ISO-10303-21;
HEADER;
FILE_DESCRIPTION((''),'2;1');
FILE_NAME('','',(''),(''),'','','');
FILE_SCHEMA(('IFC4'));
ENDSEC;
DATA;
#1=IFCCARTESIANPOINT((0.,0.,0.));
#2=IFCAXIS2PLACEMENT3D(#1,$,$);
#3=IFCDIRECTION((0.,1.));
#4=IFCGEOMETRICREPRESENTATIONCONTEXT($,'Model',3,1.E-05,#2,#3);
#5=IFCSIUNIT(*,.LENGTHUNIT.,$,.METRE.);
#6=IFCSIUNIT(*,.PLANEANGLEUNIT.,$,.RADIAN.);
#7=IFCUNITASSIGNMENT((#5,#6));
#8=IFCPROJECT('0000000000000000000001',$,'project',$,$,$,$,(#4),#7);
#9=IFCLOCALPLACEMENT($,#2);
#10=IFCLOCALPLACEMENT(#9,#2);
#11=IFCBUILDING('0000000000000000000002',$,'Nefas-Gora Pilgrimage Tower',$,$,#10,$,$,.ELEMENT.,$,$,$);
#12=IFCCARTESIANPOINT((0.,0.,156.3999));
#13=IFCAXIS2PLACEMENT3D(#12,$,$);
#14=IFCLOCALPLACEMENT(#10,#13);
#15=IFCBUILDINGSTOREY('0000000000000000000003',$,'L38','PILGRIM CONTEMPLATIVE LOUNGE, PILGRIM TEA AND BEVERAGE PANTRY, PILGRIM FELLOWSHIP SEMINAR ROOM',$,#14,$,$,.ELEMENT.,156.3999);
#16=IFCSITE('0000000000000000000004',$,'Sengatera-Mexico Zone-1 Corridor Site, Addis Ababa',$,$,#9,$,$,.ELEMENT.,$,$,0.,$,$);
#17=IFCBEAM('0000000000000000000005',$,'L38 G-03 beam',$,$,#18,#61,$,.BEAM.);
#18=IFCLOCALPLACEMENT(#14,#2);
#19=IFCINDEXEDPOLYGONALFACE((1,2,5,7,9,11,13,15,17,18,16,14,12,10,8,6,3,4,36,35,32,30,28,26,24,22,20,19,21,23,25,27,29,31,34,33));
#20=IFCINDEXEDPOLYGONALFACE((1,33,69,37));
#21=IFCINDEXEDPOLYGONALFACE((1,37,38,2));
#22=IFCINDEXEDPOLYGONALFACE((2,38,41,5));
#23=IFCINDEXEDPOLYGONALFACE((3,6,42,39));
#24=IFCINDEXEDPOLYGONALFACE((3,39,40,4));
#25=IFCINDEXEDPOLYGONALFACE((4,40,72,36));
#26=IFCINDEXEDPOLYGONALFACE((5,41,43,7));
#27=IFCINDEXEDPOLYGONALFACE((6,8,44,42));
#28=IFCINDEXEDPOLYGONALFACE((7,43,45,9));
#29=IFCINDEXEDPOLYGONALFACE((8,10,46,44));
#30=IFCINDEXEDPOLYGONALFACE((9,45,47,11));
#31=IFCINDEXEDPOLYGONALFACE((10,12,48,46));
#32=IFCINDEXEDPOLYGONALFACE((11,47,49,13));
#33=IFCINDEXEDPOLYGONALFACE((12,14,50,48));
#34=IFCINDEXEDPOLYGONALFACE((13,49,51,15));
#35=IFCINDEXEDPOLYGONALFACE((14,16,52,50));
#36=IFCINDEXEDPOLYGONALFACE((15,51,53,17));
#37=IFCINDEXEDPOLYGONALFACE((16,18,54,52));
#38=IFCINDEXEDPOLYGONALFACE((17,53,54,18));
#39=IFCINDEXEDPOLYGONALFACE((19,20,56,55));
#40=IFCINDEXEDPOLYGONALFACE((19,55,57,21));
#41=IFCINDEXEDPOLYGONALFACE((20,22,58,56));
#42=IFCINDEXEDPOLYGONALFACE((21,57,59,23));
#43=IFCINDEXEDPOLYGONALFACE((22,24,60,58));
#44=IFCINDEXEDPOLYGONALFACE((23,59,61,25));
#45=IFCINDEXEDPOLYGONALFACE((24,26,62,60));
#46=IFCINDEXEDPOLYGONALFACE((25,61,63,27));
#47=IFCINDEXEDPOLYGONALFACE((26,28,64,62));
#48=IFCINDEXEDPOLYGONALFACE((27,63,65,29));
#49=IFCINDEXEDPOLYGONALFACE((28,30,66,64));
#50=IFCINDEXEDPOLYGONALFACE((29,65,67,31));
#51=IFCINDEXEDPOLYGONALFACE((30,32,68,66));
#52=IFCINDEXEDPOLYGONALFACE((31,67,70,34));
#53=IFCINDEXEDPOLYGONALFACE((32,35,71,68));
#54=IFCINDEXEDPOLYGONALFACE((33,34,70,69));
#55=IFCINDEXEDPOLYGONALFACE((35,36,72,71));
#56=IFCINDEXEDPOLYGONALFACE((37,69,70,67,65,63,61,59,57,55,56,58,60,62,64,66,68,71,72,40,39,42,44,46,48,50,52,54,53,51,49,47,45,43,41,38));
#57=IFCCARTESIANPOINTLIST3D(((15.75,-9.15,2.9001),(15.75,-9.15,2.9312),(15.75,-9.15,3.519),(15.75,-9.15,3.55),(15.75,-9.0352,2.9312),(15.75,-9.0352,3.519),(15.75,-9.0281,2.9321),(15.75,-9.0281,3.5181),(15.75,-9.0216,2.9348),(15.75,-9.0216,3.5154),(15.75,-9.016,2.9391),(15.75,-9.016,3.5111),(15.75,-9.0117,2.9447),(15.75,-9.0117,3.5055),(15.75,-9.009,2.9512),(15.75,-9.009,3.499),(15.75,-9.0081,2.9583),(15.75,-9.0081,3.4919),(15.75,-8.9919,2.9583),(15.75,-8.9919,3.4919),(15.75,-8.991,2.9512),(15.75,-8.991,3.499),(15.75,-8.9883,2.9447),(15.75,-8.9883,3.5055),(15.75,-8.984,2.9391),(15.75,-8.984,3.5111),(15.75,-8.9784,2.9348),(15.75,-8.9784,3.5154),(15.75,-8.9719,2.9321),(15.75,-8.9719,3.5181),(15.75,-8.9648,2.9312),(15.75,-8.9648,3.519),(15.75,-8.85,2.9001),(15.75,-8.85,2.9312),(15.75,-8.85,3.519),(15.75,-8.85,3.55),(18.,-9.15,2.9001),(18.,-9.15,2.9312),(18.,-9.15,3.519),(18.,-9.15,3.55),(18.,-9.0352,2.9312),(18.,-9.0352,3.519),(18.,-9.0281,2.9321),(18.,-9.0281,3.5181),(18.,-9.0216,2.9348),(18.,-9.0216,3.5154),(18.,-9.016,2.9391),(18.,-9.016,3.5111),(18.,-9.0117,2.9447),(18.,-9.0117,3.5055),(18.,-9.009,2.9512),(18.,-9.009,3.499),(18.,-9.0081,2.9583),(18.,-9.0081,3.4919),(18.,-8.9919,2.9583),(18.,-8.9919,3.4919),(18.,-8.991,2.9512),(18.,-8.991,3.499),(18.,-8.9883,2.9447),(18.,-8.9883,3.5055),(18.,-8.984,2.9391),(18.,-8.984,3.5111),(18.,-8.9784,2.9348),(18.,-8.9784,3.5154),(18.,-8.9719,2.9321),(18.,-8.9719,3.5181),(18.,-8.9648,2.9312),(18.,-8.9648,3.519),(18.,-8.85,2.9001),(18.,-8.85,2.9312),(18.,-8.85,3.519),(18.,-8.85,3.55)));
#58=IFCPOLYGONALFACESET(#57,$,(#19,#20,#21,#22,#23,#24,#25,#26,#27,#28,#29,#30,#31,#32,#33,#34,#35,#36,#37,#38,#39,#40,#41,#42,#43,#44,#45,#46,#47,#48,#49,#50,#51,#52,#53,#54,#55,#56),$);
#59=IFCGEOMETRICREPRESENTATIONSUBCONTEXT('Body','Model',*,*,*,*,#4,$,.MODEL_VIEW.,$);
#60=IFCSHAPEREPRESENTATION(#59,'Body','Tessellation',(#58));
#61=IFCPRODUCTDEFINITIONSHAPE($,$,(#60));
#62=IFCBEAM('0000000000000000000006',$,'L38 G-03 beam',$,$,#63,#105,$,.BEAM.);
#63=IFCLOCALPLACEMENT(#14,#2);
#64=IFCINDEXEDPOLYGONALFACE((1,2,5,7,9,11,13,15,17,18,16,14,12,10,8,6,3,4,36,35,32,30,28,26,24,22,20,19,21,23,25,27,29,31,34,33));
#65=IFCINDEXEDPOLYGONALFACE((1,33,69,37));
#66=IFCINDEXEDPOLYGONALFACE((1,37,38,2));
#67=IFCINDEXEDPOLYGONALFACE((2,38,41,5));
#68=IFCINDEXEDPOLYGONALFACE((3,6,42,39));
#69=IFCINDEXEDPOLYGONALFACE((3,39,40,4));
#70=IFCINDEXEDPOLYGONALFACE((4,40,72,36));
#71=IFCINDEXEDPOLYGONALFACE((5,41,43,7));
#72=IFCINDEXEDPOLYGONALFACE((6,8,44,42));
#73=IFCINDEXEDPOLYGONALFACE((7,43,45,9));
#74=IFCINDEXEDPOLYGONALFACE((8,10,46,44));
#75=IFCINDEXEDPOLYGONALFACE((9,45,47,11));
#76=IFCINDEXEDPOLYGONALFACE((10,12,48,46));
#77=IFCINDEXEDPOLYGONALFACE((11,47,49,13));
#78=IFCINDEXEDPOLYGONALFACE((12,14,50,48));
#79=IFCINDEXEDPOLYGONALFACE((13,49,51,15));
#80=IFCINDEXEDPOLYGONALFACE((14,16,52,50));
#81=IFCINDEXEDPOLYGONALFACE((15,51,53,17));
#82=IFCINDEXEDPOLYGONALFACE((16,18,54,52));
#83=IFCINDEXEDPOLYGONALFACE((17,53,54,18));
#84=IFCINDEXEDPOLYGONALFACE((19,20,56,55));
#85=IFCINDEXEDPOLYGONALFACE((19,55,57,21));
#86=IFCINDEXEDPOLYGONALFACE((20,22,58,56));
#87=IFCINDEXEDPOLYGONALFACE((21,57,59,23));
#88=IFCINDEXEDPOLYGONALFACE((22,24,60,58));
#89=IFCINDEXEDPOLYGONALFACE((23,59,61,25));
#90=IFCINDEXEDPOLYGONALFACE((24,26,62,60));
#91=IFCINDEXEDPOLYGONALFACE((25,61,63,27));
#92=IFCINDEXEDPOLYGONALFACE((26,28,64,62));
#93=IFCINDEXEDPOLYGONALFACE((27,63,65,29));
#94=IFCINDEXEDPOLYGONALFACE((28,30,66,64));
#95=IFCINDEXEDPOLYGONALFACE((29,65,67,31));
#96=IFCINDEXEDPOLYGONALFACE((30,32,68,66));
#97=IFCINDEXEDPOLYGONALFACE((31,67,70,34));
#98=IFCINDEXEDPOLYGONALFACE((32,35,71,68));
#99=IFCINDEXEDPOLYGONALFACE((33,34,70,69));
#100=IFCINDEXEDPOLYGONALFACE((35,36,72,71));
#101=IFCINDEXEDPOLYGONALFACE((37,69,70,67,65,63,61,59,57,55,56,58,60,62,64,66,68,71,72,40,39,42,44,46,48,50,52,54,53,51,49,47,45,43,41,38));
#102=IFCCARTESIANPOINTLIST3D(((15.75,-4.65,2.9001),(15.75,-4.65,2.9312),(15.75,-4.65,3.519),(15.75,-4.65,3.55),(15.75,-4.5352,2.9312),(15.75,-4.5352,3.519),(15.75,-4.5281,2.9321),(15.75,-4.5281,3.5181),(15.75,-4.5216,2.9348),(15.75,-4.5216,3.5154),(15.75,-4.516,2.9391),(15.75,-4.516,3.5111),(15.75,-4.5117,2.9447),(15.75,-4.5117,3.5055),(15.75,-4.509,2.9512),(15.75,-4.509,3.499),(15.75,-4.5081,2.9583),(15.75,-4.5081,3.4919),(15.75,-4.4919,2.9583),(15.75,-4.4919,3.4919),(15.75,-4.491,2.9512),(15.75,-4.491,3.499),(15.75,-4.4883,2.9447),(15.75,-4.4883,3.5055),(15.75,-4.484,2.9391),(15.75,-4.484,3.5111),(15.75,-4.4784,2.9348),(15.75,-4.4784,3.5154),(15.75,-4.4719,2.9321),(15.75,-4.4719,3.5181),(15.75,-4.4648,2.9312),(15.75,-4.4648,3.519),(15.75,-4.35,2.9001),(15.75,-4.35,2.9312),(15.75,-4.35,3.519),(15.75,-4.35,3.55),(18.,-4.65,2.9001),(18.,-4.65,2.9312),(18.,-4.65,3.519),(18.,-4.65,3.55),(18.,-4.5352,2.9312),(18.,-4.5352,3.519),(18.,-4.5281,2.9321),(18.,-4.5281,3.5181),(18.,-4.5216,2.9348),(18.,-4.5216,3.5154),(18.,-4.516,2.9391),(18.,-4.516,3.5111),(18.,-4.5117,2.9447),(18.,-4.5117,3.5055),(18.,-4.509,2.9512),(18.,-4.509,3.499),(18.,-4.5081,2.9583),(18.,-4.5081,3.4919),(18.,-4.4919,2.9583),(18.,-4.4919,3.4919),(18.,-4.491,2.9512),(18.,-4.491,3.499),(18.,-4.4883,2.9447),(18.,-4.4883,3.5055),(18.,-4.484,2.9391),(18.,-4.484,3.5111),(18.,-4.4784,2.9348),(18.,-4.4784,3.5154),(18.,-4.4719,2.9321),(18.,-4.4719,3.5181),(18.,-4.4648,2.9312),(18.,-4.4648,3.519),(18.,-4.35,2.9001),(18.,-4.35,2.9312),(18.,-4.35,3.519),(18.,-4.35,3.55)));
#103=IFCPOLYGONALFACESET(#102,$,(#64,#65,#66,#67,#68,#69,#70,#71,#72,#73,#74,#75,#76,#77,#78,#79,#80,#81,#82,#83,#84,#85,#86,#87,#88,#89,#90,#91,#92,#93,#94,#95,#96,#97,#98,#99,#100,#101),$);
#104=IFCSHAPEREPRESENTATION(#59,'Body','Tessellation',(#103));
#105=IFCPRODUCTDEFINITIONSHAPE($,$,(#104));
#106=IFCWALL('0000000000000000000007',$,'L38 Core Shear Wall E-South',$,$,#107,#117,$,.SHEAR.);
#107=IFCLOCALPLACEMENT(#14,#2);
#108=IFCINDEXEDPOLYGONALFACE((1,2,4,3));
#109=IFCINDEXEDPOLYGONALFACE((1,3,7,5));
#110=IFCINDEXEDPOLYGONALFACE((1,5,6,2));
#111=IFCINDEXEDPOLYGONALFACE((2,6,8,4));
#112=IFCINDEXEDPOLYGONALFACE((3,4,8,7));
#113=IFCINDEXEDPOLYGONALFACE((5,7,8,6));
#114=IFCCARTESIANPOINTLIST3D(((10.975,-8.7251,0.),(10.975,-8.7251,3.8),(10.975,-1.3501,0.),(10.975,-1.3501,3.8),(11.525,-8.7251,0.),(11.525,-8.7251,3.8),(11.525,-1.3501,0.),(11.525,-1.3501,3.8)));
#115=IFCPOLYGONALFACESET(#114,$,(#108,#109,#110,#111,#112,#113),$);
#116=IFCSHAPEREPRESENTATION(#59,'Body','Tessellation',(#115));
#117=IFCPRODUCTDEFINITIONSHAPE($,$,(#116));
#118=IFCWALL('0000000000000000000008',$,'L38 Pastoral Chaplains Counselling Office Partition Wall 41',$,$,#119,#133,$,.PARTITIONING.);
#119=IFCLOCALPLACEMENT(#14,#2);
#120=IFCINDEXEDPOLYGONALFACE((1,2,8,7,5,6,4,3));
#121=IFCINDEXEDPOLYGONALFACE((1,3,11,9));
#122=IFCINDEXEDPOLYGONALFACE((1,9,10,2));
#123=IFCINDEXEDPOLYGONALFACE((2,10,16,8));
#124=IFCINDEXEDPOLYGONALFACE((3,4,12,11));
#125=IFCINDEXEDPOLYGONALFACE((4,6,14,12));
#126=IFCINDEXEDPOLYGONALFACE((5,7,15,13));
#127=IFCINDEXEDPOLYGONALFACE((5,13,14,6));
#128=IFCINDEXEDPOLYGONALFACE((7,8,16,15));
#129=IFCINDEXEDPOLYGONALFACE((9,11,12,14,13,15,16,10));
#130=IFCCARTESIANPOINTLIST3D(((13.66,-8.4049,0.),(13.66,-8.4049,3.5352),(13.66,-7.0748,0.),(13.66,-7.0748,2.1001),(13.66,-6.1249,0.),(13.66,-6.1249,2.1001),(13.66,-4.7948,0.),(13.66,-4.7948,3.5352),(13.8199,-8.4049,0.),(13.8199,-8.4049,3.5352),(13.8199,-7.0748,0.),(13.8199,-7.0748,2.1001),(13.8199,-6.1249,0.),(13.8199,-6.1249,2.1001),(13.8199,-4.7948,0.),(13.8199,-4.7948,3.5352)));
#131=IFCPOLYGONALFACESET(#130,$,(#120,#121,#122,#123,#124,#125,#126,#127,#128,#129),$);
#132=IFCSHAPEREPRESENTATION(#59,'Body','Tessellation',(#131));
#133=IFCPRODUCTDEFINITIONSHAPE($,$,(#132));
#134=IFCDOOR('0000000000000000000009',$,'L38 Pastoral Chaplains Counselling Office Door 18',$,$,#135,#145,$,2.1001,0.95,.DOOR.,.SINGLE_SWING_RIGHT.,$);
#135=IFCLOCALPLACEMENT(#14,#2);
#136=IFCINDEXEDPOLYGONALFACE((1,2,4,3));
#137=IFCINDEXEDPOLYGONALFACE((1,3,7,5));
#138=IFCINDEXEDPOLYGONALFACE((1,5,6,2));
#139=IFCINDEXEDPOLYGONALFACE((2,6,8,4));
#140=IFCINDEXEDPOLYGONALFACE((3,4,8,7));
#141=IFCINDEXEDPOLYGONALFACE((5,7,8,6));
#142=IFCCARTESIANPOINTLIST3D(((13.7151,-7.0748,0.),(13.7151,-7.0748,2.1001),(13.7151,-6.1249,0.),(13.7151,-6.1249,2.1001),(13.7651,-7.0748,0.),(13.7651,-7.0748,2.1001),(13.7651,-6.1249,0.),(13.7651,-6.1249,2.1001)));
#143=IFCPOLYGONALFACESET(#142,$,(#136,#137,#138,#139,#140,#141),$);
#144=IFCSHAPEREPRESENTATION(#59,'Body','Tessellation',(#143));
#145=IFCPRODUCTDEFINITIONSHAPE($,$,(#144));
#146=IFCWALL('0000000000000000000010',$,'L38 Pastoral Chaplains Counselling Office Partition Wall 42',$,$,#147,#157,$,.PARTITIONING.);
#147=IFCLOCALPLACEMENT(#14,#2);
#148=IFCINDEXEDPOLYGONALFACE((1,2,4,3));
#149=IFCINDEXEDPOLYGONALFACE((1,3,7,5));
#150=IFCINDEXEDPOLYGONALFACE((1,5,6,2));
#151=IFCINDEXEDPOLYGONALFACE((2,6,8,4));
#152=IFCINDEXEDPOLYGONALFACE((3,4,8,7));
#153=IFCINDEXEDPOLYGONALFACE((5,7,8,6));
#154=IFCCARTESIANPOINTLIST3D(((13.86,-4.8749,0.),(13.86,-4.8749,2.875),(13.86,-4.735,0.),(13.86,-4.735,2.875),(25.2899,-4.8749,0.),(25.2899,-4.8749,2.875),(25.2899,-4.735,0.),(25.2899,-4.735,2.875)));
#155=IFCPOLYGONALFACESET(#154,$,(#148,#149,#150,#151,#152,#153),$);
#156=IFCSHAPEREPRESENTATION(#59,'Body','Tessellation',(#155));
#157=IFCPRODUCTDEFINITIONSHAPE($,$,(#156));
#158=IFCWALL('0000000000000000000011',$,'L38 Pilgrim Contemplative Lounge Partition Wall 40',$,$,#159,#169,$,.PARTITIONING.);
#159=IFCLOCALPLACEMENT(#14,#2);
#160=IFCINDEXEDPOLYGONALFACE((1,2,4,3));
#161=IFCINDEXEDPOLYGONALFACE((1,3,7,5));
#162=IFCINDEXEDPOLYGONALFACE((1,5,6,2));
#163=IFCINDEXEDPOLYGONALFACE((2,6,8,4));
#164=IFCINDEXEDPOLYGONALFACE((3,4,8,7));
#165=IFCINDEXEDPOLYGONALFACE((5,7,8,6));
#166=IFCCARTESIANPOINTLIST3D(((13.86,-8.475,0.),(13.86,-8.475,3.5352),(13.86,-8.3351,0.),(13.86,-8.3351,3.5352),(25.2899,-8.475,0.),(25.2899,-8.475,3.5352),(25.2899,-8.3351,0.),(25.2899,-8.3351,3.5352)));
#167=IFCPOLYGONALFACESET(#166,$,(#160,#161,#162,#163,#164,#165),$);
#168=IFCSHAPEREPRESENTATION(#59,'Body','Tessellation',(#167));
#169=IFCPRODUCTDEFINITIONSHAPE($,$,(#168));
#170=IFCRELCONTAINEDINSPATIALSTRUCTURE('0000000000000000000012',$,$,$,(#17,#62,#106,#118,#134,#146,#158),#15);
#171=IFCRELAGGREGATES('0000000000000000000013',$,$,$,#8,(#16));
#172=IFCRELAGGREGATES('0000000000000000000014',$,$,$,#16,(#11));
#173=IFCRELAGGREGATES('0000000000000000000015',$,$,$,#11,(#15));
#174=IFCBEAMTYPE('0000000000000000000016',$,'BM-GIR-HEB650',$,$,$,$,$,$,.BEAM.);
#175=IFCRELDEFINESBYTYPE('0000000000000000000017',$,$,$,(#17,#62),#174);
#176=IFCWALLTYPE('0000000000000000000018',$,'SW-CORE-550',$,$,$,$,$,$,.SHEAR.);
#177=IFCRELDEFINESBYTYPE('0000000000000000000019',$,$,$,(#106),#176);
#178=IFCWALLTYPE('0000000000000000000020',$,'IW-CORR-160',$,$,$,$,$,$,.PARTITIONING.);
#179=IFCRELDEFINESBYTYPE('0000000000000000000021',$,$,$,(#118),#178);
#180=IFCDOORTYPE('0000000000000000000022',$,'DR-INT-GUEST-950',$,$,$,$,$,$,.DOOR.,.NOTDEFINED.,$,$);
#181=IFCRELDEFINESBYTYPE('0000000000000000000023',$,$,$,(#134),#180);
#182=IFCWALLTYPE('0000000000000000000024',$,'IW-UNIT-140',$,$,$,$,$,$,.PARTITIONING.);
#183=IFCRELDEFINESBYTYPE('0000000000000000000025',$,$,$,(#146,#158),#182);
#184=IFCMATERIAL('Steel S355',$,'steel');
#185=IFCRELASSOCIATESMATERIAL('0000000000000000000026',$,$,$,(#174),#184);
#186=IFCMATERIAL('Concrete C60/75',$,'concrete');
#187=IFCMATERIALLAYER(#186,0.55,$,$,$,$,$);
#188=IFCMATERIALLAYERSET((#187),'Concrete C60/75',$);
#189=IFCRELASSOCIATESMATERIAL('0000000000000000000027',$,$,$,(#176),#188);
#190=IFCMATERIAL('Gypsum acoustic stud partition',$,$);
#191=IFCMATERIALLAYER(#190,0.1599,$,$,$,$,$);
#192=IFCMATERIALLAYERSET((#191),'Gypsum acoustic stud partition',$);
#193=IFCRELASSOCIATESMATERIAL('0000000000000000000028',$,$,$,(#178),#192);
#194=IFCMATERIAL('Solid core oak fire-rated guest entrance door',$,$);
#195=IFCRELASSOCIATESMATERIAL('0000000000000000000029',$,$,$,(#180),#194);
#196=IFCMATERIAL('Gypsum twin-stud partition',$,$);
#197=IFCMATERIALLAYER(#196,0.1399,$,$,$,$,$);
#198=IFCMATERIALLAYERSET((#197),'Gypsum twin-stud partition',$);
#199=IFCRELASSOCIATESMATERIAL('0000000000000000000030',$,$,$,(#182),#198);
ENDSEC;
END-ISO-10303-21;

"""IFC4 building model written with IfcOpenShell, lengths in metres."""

from ifc_helpers import new_model, si_unit, direction, frame, frame_2d, origin, origin_2d, place, context, subcontext, project, spatial, rectangle, i_section, extrude, source, transform, mapped, material, layer, layer_set, material_profile, profile_set, type_object, element, fill, save


model = new_model("IFC4")

# Units and contexts
model_context = context("Model", 3, precision=1e-05, world=origin(), true_north=direction((0.0, 1.0)))
body_context = subcontext(model_context, "Body", "Model", "MODEL_VIEW")
ifc_project = project(units=[si_unit("LENGTHUNIT", "METRE"), si_unit("PLANEANGLEUNIT", "RADIAN")], contexts=[model_context])

# Site, building, storey
site_placement = place(None, origin())
site = spatial("IfcSite", under=ifc_project, at=site_placement, Name="Sengatera-Mexico Zone-1 Corridor Site, Addis Ababa", CompositionType="ELEMENT", RefElevation=0.0)
building_placement = place(site_placement, origin())
building = spatial("IfcBuilding", under=site, at=building_placement, Name="Nefas-Gora Pilgrimage Tower", CompositionType="ELEMENT")
storey_placement = place(building_placement, frame((0.0, 0.0, 156.3999)))
storey = spatial("IfcBuildingStorey", under=building, at=storey_placement, Name="L38", Description="PILGRIM CONTEMPLATIVE LOUNGE, PILGRIM TEA AND BEVERAGE PANTRY, PILGRIM FELLOWSHIP SEMINAR ROOM", CompositionType="ELEMENT", Elevation=156.3999)

# Beams
ifc_material_1 = material(Name="Concrete C60/75", Category="concrete")
ifc_material_2 = material(Name="Steel S355", Category="steel")
ifc_material_profile_1 = material_profile(ifc_material_2, i_section(OverallWidth=0.3, OverallDepth=0.6499, WebThickness=0.0161, FlangeThickness=0.031, FilletRadius=0.0271, at=origin_2d()), Name="HEB 650")
ifc_profile_set_1 = profile_set([ifc_material_profile_1], Name="Steel S355")
beam_type_1 = type_object("IfcBeamType", Name="BM-GIR-HEB650", PredefinedType="BEAM", material=ifc_profile_set_1)
shared_shape_1 = source(origin(), body_context, "Body", "SweptSolid", [
    extrude(i_section(OverallWidth=0.3, OverallDepth=0.6499, WebThickness=0.0161, FlangeThickness=0.031, FilletRadius=0.0271, at=origin_2d()), origin(), (0.0, 0.0, 1.0), 2.25),
])
for number, where, z_axis, x_axis, name in (
    (1, (15.75, -9.0, 3.2251), (1.0, 0.0, 0.0), (0.0, 1.0, 0.0), "L38 G-03 beam"),
    (2, (15.75, -4.5, 3.2251), (1.0, 0.0, 0.0), (0.0, 1.0, 0.0), "L38 G-03 beam"),
):
    element("IfcBeam", number, at=place(storey_placement, frame(where, z_axis=z_axis, x_axis=x_axis)), inside=storey, type_object=beam_type_1, Name=name, PredefinedType="BEAM", context=body_context, shape_type="MappedRepresentation", body=[
        mapped(shared_shape_1, transform((0.0, 0.0, 0.0), x_axis=(1.0, 0.0, 0.0), y_axis=(0.0, 1.0, 0.0), z_axis=(0.0, 0.0, 1.0), scale=1.0)),
    ])

# Wall
ifc_layer_1 = layer(ifc_material_1, 0.55)
ifc_layer_set_1 = layer_set([ifc_layer_1], Name="Concrete C60/75")
wall_type_1 = type_object("IfcWallType", Name="SW-CORE-550", PredefinedType="SHEAR", material=ifc_layer_set_1)
shared_shape_2 = source(origin(), body_context, "Body", "SweptSolid", [
    extrude(rectangle(XDim=7.375, YDim=0.55, at=frame_2d((3.6875, 0.0))), origin(), (0.0, 0.0, 1.0), 3.8),
])
wall_1_placement = place(storey_placement, frame((11.25, -8.7251, 0.0), z_axis=(0.0, 0.0, 1.0), x_axis=(0.0, 1.0, 0.0)))
element("IfcWall", 3, at=wall_1_placement, inside=storey, type_object=wall_type_1, Name="L38 Core Shear Wall E-South", PredefinedType="SHEAR", context=body_context, shape_type="MappedRepresentation", body=[
    mapped(shared_shape_2, transform((0.0, 0.0, 0.0), x_axis=(1.0, 0.0, 0.0), y_axis=(0.0, 1.0, 0.0), z_axis=(0.0, 0.0, 1.0), scale=1.0)),
])

# Wall, opening, door
ifc_material_3 = material(Name="Gypsum acoustic stud partition")
ifc_layer_2 = layer(ifc_material_3, 0.1599)
ifc_layer_set_2 = layer_set([ifc_layer_2], Name="Gypsum acoustic stud partition")
wall_type_2 = type_object("IfcWallType", Name="IW-CORR-160", PredefinedType="PARTITIONING", material=ifc_layer_set_2)
shared_shape_3 = source(origin(), body_context, "Body", "SweptSolid", [
    extrude(rectangle(XDim=3.6101, YDim=0.1599, at=frame_2d((1.8052, 0.0))), origin(), (0.0, 0.0, 1.0), 3.5352),
])
wall_2_placement = place(storey_placement, frame((13.74, -8.405, 0.0), z_axis=(0.0, 0.0, 1.0), x_axis=(0.0, 1.0, 0.0)))
wall_2 = element("IfcWall", 4, at=wall_2_placement, inside=storey, type_object=wall_type_2, Name="L38 Pastoral Chaplains Counselling Office Partition Wall 41", PredefinedType="PARTITIONING", context=body_context, shape_type="MappedRepresentation", body=[
    mapped(shared_shape_3, transform((0.0, 0.0, 0.0), x_axis=(1.0, 0.0, 0.0), y_axis=(0.0, 1.0, 0.0), z_axis=(0.0, 0.0, 1.0), scale=1.0)),
])
opening_1_placement = place(wall_2_placement, frame((1.3301, 0.0, 0.0)))
opening_1 = element("IfcOpeningElement", 5, at=opening_1_placement, cuts=wall_2, PredefinedType="OPENING", context=body_context, shape_type="SweptSolid", body=[
    extrude(rectangle(XDim=0.95, YDim=2.1001, at=frame_2d((0.4751, 1.05))), frame((0.0, 0.0898, 0.0), z_axis=(0.0, -1.0, 0.0), x_axis=(1.0, 0.0, 0.0)), (0.0, 0.0, 1.0), 0.1799),
])
ifc_material_4 = material(Name="Solid core oak fire-rated guest entrance door")
door_type_1 = type_object("IfcDoorType", Name="DR-INT-GUEST-950", OperationType="NOTDEFINED", PredefinedType="DOOR", material=ifc_material_4)
shared_shape_4 = source(origin(), body_context, "Body", "SweptSolid", [
    extrude(rectangle(XDim=0.95, YDim=2.1001, at=frame_2d((0.4751, 1.05))), frame((0.0, 0.0249, 0.0), z_axis=(0.0, -1.0, 0.0), x_axis=(1.0, 0.0, 0.0)), (0.0, 0.0, 1.0), 0.05),
])
door_1_placement = place(opening_1_placement, origin())
door_1 = element("IfcDoor", 6, at=door_1_placement, inside=storey, type_object=door_type_1, Name="L38 Pastoral Chaplains Counselling Office Door 18", OperationType="SINGLE_SWING_RIGHT", OverallHeight=2.1001, OverallWidth=0.95, PredefinedType="DOOR", context=body_context, shape_type="MappedRepresentation", body=[
    mapped(shared_shape_4, transform((0.0, 0.0, 0.0), x_axis=(1.0, 0.0, 0.0), y_axis=(0.0, 1.0, 0.0), z_axis=(0.0, 0.0, 1.0), scale=1.0)),
])
fill(opening_1, door_1)

# Walls
ifc_material_5 = material(Name="Gypsum twin-stud partition")
ifc_layer_3 = layer(ifc_material_5, 0.1399)
ifc_layer_set_3 = layer_set([ifc_layer_3], Name="Gypsum twin-stud partition")
wall_type_3 = type_object("IfcWallType", Name="IW-UNIT-140", PredefinedType="PARTITIONING", material=ifc_layer_set_3)
shared_shape_5 = source(origin(), body_context, "Body", "SweptSolid", [
    extrude(rectangle(XDim=11.4299, YDim=0.1399, at=frame_2d((5.7148, 0.0))), origin(), (0.0, 0.0, 1.0), 2.875),
])
wall_3_placement = place(storey_placement, frame((13.8601, -4.8049, 0.0), z_axis=(0.0, 0.0, 1.0), x_axis=(1.0, 0.0, 0.0)))
element("IfcWall", 7, at=wall_3_placement, inside=storey, type_object=wall_type_3, Name="L38 Pastoral Chaplains Counselling Office Partition Wall 42", PredefinedType="PARTITIONING", context=body_context, shape_type="MappedRepresentation", body=[
    mapped(shared_shape_5, transform((0.0, 0.0, 0.0), x_axis=(1.0, 0.0, 0.0), y_axis=(0.0, 1.0, 0.0), z_axis=(0.0, 0.0, 1.0), scale=1.0)),
])
shared_shape_6 = source(origin(), body_context, "Body", "SweptSolid", [
    extrude(rectangle(XDim=11.4299, YDim=0.1399, at=frame_2d((5.7148, 0.0))), origin(), (0.0, 0.0, 1.0), 3.5352),
])
wall_4_placement = place(storey_placement, frame((13.8601, -8.405, 0.0), z_axis=(0.0, 0.0, 1.0), x_axis=(1.0, 0.0, 0.0)))
element("IfcWall", 8, at=wall_4_placement, inside=storey, type_object=wall_type_3, Name="L38 Pilgrim Contemplative Lounge Partition Wall 40", PredefinedType="PARTITIONING", context=body_context, shape_type="MappedRepresentation", body=[
    mapped(shared_shape_6, transform((0.0, 0.0, 0.0), x_axis=(1.0, 0.0, 0.0), y_axis=(0.0, 1.0, 0.0), z_axis=(0.0, 0.0, 1.0), scale=1.0)),
])

save(model, "model.ifc")
